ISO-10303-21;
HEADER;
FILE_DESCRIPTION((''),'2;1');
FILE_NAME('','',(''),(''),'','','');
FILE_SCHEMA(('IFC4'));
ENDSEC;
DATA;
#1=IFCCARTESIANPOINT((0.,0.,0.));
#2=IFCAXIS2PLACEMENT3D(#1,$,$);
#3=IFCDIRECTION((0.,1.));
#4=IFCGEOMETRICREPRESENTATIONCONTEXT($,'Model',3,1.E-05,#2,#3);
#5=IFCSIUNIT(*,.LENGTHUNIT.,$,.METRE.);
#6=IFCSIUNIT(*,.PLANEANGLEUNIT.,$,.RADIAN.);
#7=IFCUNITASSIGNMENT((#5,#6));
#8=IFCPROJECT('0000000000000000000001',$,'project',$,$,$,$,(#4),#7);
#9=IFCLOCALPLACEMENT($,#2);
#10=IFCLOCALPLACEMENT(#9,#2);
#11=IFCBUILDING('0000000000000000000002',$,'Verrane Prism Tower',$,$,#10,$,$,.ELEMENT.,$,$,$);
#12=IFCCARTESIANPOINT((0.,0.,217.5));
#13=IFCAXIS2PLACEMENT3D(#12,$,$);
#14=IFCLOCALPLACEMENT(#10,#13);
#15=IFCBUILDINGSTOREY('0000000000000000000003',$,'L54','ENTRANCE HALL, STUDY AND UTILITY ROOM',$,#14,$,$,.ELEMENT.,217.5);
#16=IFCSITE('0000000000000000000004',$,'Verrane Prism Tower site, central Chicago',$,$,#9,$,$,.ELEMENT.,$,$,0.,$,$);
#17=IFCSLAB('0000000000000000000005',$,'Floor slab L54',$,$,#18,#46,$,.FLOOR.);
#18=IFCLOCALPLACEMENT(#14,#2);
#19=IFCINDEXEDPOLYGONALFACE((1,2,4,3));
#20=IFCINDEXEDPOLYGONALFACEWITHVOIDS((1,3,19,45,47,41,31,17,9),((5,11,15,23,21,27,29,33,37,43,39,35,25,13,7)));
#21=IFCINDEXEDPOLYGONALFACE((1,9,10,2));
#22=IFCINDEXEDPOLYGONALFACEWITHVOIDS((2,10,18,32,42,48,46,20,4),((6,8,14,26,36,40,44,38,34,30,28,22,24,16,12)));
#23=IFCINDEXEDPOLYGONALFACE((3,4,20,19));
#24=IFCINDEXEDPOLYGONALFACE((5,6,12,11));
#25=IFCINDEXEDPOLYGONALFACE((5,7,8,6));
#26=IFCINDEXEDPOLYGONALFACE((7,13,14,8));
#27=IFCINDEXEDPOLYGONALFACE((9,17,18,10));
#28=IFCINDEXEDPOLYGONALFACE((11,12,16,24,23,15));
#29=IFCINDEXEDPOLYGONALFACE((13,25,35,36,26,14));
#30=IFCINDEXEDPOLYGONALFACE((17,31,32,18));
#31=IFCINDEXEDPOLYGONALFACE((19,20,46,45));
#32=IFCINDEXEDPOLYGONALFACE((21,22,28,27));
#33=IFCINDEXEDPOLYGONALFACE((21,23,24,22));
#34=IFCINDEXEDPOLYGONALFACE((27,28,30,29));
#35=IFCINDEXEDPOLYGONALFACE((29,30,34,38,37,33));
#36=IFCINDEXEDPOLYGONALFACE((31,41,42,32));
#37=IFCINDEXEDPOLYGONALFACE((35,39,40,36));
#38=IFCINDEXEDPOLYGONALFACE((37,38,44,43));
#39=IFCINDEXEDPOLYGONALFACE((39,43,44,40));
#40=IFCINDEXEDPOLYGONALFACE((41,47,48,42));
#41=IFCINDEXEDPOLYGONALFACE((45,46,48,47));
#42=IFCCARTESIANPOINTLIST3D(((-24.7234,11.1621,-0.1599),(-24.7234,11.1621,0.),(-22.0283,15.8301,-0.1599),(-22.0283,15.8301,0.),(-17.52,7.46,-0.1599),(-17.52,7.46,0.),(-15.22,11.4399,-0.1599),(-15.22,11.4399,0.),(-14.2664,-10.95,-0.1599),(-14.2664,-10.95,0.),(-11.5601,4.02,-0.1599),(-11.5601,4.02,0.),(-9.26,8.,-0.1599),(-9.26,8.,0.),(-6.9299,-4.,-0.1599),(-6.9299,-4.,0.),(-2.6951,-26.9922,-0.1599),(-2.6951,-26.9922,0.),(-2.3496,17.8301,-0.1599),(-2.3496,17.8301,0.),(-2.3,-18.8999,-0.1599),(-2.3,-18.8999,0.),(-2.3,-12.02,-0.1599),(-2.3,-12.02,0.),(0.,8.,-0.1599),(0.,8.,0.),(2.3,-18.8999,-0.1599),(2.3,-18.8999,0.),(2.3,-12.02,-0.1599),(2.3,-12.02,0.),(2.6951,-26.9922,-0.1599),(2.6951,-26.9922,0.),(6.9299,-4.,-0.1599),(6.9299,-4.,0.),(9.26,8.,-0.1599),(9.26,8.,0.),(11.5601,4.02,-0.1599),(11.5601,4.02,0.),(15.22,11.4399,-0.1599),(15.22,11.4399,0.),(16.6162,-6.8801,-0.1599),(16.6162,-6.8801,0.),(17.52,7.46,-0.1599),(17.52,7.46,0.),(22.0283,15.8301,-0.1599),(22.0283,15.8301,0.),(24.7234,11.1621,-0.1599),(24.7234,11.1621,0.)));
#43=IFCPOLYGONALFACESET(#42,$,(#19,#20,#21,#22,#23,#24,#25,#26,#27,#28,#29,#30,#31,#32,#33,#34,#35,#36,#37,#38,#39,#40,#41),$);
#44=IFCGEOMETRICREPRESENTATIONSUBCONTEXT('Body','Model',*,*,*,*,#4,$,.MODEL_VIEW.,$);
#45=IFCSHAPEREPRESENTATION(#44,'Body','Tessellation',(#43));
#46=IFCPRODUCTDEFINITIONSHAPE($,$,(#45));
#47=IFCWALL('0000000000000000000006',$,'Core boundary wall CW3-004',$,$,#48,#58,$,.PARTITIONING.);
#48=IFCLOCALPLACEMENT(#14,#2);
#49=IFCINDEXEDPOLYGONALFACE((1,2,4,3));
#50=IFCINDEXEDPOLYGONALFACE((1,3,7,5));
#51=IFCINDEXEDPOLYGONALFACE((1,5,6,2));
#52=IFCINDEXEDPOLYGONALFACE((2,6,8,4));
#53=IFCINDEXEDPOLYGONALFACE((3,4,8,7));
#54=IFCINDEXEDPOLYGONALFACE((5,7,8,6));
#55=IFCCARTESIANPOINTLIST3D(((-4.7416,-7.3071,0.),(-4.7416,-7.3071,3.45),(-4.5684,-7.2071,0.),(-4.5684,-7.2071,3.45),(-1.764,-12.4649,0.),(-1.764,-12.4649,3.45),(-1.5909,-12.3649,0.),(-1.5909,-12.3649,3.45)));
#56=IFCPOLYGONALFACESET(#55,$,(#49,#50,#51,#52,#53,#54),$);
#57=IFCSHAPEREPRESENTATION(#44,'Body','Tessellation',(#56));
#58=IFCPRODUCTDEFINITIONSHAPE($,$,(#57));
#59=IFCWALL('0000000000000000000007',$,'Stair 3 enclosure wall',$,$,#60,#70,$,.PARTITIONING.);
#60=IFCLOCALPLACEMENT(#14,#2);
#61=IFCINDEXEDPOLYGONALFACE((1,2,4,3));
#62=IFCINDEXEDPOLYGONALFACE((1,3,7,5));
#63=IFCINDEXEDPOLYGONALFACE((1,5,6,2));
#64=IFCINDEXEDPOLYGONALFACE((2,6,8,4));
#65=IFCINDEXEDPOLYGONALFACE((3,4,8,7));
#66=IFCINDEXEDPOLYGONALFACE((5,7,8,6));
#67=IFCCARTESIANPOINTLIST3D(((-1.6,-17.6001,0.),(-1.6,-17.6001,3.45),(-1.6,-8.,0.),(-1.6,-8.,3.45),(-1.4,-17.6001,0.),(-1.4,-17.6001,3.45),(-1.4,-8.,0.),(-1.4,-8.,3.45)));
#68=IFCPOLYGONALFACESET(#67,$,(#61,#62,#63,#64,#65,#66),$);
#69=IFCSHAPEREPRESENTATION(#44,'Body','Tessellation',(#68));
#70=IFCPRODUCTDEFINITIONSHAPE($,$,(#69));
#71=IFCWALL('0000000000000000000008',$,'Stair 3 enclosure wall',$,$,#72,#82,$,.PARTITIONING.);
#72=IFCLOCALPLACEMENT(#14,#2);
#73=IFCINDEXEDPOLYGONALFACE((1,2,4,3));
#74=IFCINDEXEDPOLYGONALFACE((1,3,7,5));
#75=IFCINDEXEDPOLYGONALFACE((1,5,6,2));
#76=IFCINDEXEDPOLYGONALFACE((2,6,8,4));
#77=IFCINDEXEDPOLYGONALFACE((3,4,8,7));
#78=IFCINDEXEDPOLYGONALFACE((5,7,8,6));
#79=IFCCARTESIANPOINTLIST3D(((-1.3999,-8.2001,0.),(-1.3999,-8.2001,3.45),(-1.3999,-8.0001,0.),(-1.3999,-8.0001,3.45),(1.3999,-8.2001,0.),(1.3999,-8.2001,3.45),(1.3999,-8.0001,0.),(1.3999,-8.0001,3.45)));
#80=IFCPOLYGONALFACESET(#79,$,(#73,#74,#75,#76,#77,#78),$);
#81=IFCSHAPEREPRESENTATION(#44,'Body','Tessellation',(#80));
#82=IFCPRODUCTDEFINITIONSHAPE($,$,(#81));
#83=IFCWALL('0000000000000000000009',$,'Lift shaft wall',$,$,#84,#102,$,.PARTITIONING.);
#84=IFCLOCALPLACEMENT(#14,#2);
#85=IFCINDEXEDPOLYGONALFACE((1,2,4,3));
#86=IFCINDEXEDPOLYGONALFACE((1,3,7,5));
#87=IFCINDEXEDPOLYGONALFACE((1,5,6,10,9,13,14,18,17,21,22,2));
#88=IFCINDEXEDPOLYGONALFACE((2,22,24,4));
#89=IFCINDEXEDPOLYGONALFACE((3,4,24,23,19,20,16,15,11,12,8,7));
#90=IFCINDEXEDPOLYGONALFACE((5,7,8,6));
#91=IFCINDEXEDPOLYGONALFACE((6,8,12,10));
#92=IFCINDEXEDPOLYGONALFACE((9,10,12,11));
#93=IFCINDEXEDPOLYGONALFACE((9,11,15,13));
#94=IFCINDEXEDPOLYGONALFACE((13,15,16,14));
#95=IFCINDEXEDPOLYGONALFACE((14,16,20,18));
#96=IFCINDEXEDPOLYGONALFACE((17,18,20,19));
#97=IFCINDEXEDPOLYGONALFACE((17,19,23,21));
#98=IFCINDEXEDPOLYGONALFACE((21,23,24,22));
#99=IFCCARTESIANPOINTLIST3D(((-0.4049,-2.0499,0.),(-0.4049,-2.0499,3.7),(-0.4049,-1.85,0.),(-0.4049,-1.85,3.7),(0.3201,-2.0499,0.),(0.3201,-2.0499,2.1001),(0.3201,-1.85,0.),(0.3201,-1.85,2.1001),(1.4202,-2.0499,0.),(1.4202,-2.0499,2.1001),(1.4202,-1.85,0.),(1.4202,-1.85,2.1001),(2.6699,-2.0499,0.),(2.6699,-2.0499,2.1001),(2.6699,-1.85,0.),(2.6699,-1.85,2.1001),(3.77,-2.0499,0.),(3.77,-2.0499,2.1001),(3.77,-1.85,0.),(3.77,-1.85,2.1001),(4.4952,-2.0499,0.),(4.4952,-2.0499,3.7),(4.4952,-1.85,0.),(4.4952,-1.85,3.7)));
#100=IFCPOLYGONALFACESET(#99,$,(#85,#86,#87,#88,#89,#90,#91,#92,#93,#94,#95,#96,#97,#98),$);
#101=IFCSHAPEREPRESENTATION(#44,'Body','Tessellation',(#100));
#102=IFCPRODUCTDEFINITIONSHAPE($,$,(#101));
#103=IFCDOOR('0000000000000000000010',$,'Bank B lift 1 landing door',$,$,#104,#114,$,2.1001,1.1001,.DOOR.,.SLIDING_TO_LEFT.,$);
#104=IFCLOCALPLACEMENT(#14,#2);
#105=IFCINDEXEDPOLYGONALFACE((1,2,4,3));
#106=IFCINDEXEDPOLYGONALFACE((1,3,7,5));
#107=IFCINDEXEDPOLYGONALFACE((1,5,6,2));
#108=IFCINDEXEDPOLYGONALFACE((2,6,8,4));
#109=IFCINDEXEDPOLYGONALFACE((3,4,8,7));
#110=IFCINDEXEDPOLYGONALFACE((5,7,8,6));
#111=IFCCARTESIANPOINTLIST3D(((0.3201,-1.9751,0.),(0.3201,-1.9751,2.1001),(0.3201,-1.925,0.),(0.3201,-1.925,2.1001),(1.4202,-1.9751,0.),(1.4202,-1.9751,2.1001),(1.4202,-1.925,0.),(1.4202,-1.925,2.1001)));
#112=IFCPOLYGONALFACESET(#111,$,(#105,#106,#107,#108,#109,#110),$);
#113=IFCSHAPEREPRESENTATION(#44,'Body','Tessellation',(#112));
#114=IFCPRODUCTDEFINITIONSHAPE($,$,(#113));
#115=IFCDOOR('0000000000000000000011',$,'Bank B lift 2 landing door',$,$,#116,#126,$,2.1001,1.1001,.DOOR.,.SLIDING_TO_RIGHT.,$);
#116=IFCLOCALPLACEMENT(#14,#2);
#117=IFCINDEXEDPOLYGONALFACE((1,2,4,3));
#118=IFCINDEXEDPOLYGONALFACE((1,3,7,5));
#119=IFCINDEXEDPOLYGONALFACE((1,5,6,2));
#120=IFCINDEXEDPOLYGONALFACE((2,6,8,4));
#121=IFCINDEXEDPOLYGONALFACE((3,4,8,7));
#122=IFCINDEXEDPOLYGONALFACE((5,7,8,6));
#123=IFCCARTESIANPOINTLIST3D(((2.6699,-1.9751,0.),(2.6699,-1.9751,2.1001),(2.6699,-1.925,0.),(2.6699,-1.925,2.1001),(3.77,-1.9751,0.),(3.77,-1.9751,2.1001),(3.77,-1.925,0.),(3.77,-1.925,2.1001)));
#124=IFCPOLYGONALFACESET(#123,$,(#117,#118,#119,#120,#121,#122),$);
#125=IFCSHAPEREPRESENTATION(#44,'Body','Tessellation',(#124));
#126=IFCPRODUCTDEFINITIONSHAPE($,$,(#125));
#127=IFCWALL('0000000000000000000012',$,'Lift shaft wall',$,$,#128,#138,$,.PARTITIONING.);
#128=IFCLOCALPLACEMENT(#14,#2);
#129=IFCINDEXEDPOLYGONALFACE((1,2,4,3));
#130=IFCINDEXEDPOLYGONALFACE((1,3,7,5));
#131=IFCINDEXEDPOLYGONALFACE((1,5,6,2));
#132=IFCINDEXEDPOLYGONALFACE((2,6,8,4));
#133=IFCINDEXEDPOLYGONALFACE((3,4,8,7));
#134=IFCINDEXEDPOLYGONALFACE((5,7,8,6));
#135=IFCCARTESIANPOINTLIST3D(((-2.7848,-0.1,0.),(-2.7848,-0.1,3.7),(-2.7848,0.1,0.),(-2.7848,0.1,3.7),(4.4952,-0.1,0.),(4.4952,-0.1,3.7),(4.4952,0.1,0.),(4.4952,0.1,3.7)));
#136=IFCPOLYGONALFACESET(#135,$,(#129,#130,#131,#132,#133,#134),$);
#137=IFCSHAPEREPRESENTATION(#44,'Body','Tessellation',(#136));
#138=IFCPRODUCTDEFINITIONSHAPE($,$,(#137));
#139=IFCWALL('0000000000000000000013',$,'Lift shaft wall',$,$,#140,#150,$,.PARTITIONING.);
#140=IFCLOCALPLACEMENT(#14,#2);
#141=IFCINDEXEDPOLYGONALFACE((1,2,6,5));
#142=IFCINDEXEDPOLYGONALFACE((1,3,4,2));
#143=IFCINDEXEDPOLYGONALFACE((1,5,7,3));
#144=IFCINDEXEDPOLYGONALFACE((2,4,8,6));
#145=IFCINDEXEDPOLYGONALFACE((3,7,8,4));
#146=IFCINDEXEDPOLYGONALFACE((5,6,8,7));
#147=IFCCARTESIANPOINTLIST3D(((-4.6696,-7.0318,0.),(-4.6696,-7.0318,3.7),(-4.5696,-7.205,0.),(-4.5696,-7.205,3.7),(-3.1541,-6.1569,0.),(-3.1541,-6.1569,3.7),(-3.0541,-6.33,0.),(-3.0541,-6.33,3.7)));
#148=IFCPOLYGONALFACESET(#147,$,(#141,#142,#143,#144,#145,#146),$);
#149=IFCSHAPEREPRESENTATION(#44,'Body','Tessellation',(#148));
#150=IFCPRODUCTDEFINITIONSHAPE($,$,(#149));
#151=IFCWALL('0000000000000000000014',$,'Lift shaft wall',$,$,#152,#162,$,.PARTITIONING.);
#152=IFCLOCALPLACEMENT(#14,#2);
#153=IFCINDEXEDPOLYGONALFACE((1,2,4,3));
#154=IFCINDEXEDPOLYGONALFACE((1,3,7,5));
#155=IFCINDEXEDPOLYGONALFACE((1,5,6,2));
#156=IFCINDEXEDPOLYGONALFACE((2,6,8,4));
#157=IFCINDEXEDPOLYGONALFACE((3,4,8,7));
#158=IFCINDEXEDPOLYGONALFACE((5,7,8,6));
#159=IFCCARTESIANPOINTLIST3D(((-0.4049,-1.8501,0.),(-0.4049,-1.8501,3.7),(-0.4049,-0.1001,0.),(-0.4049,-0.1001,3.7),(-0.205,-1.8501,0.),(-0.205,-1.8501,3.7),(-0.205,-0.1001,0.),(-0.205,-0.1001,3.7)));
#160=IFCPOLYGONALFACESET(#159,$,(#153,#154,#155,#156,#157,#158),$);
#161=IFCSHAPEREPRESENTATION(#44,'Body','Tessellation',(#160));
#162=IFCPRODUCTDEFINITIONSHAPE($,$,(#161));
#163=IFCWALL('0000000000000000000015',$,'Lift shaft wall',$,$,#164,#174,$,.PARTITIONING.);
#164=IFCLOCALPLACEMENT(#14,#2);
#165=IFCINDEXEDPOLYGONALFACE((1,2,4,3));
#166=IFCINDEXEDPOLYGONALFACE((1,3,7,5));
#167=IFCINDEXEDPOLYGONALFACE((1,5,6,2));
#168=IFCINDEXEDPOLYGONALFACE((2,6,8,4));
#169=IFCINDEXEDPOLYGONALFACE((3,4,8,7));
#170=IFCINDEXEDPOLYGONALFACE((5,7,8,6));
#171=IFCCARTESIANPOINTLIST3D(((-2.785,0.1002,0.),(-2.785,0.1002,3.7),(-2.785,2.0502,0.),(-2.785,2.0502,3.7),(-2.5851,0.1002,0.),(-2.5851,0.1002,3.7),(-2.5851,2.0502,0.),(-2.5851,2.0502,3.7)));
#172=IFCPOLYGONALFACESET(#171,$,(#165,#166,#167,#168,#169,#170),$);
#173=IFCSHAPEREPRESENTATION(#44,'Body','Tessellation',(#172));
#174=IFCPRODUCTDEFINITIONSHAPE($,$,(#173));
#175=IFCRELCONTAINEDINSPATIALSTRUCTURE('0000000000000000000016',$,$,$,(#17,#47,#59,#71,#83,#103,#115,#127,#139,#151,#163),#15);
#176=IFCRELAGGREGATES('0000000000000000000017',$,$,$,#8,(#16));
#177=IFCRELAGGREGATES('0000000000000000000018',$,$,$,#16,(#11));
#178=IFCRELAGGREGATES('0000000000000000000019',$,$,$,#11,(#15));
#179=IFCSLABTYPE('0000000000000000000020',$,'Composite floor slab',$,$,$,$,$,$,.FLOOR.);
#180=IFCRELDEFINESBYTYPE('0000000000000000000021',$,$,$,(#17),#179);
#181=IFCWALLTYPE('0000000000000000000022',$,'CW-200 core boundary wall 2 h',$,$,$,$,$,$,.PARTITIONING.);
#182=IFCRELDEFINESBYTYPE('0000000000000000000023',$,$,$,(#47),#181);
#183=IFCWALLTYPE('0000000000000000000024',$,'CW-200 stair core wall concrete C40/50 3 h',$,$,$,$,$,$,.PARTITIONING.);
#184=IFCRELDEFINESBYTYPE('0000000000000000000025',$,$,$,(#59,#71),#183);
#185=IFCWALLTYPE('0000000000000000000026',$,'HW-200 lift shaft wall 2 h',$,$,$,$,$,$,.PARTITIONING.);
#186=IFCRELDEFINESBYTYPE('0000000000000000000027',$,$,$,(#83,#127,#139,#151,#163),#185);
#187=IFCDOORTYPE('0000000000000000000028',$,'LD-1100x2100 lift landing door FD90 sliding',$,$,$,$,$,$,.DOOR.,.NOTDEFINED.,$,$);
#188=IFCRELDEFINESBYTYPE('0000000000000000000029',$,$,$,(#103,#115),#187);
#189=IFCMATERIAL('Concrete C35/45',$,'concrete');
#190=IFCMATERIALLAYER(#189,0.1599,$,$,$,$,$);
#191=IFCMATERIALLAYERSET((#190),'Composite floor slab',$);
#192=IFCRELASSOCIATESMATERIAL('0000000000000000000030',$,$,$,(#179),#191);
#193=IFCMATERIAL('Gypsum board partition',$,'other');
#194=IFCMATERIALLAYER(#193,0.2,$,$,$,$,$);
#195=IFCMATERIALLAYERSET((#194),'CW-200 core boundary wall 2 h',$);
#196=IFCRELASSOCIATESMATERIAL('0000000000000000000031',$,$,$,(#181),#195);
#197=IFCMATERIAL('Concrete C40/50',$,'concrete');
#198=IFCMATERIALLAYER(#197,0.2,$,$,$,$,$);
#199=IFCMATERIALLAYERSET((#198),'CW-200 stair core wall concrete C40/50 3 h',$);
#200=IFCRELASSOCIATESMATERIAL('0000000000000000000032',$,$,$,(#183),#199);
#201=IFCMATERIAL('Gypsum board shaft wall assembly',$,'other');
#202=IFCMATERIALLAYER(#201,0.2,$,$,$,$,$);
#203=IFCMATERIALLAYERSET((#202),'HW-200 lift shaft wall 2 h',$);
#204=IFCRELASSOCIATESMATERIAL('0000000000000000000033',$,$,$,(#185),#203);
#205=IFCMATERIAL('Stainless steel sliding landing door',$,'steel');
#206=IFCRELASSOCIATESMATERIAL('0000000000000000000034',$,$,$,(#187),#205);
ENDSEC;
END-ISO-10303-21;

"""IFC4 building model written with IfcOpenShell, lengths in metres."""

from ifc_helpers import new_model, si_unit, direction, frame, frame_2d, origin, place, context, subcontext, project, spatial, polyline, rectangle, outline, extrude, material, layer, layer_set, type_object, element, fill, save


model = new_model("IFC4")

# Units and contexts
model_context = context("Model", 3, precision=1e-05, world=origin(), true_north=direction((0.0, 1.0)))
body_context = subcontext(model_context, "Body", "Model", "MODEL_VIEW")
ifc_project = project(units=[si_unit("LENGTHUNIT", "METRE"), si_unit("PLANEANGLEUNIT", "RADIAN")], contexts=[model_context])

# Site, building, storey
site_placement = place(None, origin())
site = spatial("IfcSite", under=ifc_project, at=site_placement, Name="Verrane Prism Tower site, central Chicago", CompositionType="ELEMENT", RefElevation=0.0)
building_placement = place(site_placement, origin())
building = spatial("IfcBuilding", under=site, at=building_placement, Name="Verrane Prism Tower", CompositionType="ELEMENT")
storey_placement = place(building_placement, frame((0.0, 0.0, 217.5)))
storey = spatial("IfcBuildingStorey", under=building, at=storey_placement, Name="L54", Description="ENTRANCE HALL, STUDY AND UTILITY ROOM", CompositionType="ELEMENT", Elevation=217.5)

# Slab
ifc_material_1 = material(Name="Concrete C35/45", Category="concrete")
ifc_layer_1 = layer(ifc_material_1, 0.1599)
ifc_layer_set_1 = layer_set([ifc_layer_1], Name="Composite floor slab")
slab_type = type_object("IfcSlabType", Name="Composite floor slab", PredefinedType="FLOOR", material=ifc_layer_set_1)
slab_placement = place(storey_placement, frame((0.0, 0.0, -0.1599)))
element("IfcSlab", 1, at=slab_placement, inside=storey, type_object=slab_type, Name="Floor slab L54", PredefinedType="FLOOR", context=body_context, shape_type="SweptSolid", body=[
    extrude(outline(polyline([(16.6162, -6.8801), (2.6951, -26.9922), (-2.6951, -26.9922), (-14.2664, -10.95), (-24.7234, 11.1621), (-22.0283, 15.8301), (-2.3496, 17.8301), (22.0283, 15.8301), (24.7234, 11.1621), (16.6162, -6.8801)]), holes=[polyline([(17.52, 7.46), (15.22, 11.4399), (9.26, 8.0), (0.0, 8.0), (-9.26, 8.0), (-15.22, 11.4399), (-17.52, 7.46), (-11.5601, 4.02), (-6.9299, -4.0), (-2.3, -12.02), (-2.3, -18.8999), (2.3, -18.8999), (2.3, -12.02), (6.9299, -4.0), (11.5601, 4.02), (17.52, 7.46)])]), origin(), (0.0, 0.0, 1.0), 0.1599),
])

# Walls
ifc_material_2 = material(Name="Gypsum board partition", Category="other")
ifc_layer_2 = layer(ifc_material_2, 0.2)
ifc_layer_set_2 = layer_set([ifc_layer_2], Name="CW-200 core boundary wall 2 h")
wall_type_1 = type_object("IfcWallType", Name="CW-200 core boundary wall 2 h", PredefinedType="PARTITIONING", material=ifc_layer_set_2)
wall_1_placement = place(storey_placement, frame((-4.655, -7.2571, 0.0), z_axis=(0.0, 0.0, 1.0), x_axis=(0.499966, -0.866045, 0.0)))
element("IfcWall", 2, at=wall_1_placement, inside=storey, type_object=wall_type_1, Name="Core boundary wall CW3-004", PredefinedType="PARTITIONING", context=body_context, shape_type="SweptSolid", body=[
    extrude(rectangle(XDim=5.9556, YDim=0.2, at=frame_2d((2.9778, 0.0))), origin(), (0.0, 0.0, 1.0), 3.45),
])
ifc_material_3 = material(Name="Concrete C40/50", Category="concrete")
ifc_layer_3 = layer(ifc_material_3, 0.2)
ifc_layer_set_3 = layer_set([ifc_layer_3], Name="CW-200 stair core wall concrete C40/50 3 h")
wall_type_2 = type_object("IfcWallType", Name="CW-200 stair core wall concrete C40/50 3 h", PredefinedType="PARTITIONING", material=ifc_layer_set_3)
wall_2_placement = place(storey_placement, frame((-1.5, -8.0, 0.0), z_axis=(0.0, 0.0, 1.0), x_axis=(0.0, -1.0, 0.0)))
element("IfcWall", 3, at=wall_2_placement, inside=storey, type_object=wall_type_2, Name="Stair 3 enclosure wall", PredefinedType="PARTITIONING", context=body_context, shape_type="SweptSolid", body=[
    extrude(rectangle(XDim=9.6001, YDim=0.2, at=frame_2d((4.8, 0.0))), origin(), (0.0, 0.0, 1.0), 3.45),
])
wall_3_placement = place(storey_placement, frame((-1.3999, -8.1001, 0.0), z_axis=(0.0, 0.0, 1.0), x_axis=(1.0, 0.0, 0.0)))
element("IfcWall", 4, at=wall_3_placement, inside=storey, type_object=wall_type_2, Name="Stair 3 enclosure wall", PredefinedType="PARTITIONING", context=body_context, shape_type="SweptSolid", body=[
    extrude(rectangle(XDim=2.7998, YDim=0.2, at=frame_2d((1.3999, 0.0))), origin(), (0.0, 0.0, 1.0), 3.45),
])

# Wall, openings, doors
ifc_material_4 = material(Name="Gypsum board shaft wall assembly", Category="other")
ifc_layer_4 = layer(ifc_material_4, 0.2)
ifc_layer_set_4 = layer_set([ifc_layer_4], Name="HW-200 lift shaft wall 2 h")
wall_type_3 = type_object("IfcWallType", Name="HW-200 lift shaft wall 2 h", PredefinedType="PARTITIONING", material=ifc_layer_set_4)
wall_4_placement = place(storey_placement, frame((-0.405, -1.95, 0.0), z_axis=(0.0, 0.0, 1.0), x_axis=(1.0, 0.0, 0.0)))
wall_4 = element("IfcWall", 5, at=wall_4_placement, inside=storey, type_object=wall_type_3, Name="Lift shaft wall", PredefinedType="PARTITIONING", context=body_context, shape_type="SweptSolid", body=[
    extrude(rectangle(XDim=4.9001, YDim=0.2, at=frame_2d((2.4502, 0.0))), origin(), (0.0, 0.0, 1.0), 3.7),
])
opening_1_placement = place(wall_4_placement, frame((0.7251, 0.0, 0.0)))
opening_1 = element("IfcOpeningElement", 6, at=opening_1_placement, cuts=wall_4, PredefinedType="OPENING", context=body_context, shape_type="SweptSolid", body=[
    extrude(rectangle(XDim=1.1001, YDim=2.1001, at=frame_2d((0.55, 1.05))), frame((0.0, 0.1099, 0.0), z_axis=(0.0, -1.0, 0.0), x_axis=(1.0, 0.0, 0.0)), (0.0, 0.0, 1.0), 0.22),
])
opening_2_placement = place(wall_4_placement, frame((3.075, 0.0, 0.0)))
opening_2 = element("IfcOpeningElement", 7, at=opening_2_placement, cuts=wall_4, PredefinedType="OPENING", context=body_context, shape_type="SweptSolid", body=[
    extrude(rectangle(XDim=1.1001, YDim=2.1001, at=frame_2d((0.55, 1.05))), frame((0.0, 0.1099, 0.0), z_axis=(0.0, -1.0, 0.0), x_axis=(1.0, 0.0, 0.0)), (0.0, 0.0, 1.0), 0.22),
])
ifc_material_5 = material(Name="Stainless steel sliding landing door", Category="steel")
door_type = type_object("IfcDoorType", Name="LD-1100x2100 lift landing door FD90 sliding", OperationType="NOTDEFINED", PredefinedType="DOOR", material=ifc_material_5)
door_1_placement = place(opening_1_placement, origin())
door_1 = element("IfcDoor", 8, at=door_1_placement, inside=storey, type_object=door_type, Name="Bank B lift 1 landing door", OperationType="SLIDING_TO_LEFT", OverallHeight=2.1001, OverallWidth=1.1001, PredefinedType="DOOR", context=body_context, shape_type="SweptSolid", body=[
    extrude(rectangle(XDim=1.1001, YDim=2.1001, at=frame_2d((0.55, 1.05))), frame((0.0, 0.0249, 0.0), z_axis=(0.0, -1.0, 0.0), x_axis=(1.0, 0.0, 0.0)), (0.0, 0.0, 1.0), 0.05),
])
fill(opening_1, door_1)
door_2_placement = place(opening_2_placement, origin())
door_2 = element("IfcDoor", 9, at=door_2_placement, inside=storey, type_object=door_type, Name="Bank B lift 2 landing door", OperationType="SLIDING_TO_RIGHT", OverallHeight=2.1001, OverallWidth=1.1001, PredefinedType="DOOR", context=body_context, shape_type="SweptSolid", body=[
    extrude(rectangle(XDim=1.1001, YDim=2.1001, at=frame_2d((0.55, 1.05))), frame((0.0, 0.0249, 0.0), z_axis=(0.0, -1.0, 0.0), x_axis=(1.0, 0.0, 0.0)), (0.0, 0.0, 1.0), 0.05),
])
fill(opening_2, door_2)

# Walls
wall_5_placement = place(storey_placement, frame((-2.7849, 0.0, 0.0), z_axis=(0.0, 0.0, 1.0), x_axis=(1.0, 0.0, 0.0)))
element("IfcWall", 10, at=wall_5_placement, inside=storey, type_object=wall_type_3, Name="Lift shaft wall", PredefinedType="PARTITIONING", context=body_context, shape_type="SweptSolid", body=[
    extrude(rectangle(XDim=7.28, YDim=0.2, at=frame_2d((3.6401, 0.0))), origin(), (0.0, 0.0, 1.0), 3.7),
])
for number, where, z_axis, x_axis, name in (
    (11, (-4.6196, -7.1184, 0.0), (0.0, 0.0, 1.0), (0.866037, 0.49998, 0.0), "Lift shaft wall"),
    (12, (-0.3049, -1.8501, 0.0), (0.0, 0.0, 1.0), (0.0, 1.0, 0.0), "Lift shaft wall"),
):
    element("IfcWall", number, at=place(storey_placement, frame(where, z_axis=z_axis, x_axis=x_axis)), inside=storey, type_object=wall_type_3, Name=name, PredefinedType="PARTITIONING", context=body_context, shape_type="SweptSolid", body=[
        extrude(rectangle(XDim=1.75, YDim=0.2, at=frame_2d((0.875, 0.0))), origin(), (0.0, 0.0, 1.0), 3.7),
    ])
wall_6_placement = place(storey_placement, frame((-2.6851, 0.1001, 0.0), z_axis=(0.0, 0.0, 1.0), x_axis=(0.0, 1.0, 0.0)))
element("IfcWall", 13, at=wall_6_placement, inside=storey, type_object=wall_type_3, Name="Lift shaft wall", PredefinedType="PARTITIONING", context=body_context, shape_type="SweptSolid", body=[
    extrude(rectangle(XDim=1.95, YDim=0.2, at=frame_2d((0.9751, 0.0))), origin(), (0.0, 0.0, 1.0), 3.7),
])

save(model, "model.ifc")
